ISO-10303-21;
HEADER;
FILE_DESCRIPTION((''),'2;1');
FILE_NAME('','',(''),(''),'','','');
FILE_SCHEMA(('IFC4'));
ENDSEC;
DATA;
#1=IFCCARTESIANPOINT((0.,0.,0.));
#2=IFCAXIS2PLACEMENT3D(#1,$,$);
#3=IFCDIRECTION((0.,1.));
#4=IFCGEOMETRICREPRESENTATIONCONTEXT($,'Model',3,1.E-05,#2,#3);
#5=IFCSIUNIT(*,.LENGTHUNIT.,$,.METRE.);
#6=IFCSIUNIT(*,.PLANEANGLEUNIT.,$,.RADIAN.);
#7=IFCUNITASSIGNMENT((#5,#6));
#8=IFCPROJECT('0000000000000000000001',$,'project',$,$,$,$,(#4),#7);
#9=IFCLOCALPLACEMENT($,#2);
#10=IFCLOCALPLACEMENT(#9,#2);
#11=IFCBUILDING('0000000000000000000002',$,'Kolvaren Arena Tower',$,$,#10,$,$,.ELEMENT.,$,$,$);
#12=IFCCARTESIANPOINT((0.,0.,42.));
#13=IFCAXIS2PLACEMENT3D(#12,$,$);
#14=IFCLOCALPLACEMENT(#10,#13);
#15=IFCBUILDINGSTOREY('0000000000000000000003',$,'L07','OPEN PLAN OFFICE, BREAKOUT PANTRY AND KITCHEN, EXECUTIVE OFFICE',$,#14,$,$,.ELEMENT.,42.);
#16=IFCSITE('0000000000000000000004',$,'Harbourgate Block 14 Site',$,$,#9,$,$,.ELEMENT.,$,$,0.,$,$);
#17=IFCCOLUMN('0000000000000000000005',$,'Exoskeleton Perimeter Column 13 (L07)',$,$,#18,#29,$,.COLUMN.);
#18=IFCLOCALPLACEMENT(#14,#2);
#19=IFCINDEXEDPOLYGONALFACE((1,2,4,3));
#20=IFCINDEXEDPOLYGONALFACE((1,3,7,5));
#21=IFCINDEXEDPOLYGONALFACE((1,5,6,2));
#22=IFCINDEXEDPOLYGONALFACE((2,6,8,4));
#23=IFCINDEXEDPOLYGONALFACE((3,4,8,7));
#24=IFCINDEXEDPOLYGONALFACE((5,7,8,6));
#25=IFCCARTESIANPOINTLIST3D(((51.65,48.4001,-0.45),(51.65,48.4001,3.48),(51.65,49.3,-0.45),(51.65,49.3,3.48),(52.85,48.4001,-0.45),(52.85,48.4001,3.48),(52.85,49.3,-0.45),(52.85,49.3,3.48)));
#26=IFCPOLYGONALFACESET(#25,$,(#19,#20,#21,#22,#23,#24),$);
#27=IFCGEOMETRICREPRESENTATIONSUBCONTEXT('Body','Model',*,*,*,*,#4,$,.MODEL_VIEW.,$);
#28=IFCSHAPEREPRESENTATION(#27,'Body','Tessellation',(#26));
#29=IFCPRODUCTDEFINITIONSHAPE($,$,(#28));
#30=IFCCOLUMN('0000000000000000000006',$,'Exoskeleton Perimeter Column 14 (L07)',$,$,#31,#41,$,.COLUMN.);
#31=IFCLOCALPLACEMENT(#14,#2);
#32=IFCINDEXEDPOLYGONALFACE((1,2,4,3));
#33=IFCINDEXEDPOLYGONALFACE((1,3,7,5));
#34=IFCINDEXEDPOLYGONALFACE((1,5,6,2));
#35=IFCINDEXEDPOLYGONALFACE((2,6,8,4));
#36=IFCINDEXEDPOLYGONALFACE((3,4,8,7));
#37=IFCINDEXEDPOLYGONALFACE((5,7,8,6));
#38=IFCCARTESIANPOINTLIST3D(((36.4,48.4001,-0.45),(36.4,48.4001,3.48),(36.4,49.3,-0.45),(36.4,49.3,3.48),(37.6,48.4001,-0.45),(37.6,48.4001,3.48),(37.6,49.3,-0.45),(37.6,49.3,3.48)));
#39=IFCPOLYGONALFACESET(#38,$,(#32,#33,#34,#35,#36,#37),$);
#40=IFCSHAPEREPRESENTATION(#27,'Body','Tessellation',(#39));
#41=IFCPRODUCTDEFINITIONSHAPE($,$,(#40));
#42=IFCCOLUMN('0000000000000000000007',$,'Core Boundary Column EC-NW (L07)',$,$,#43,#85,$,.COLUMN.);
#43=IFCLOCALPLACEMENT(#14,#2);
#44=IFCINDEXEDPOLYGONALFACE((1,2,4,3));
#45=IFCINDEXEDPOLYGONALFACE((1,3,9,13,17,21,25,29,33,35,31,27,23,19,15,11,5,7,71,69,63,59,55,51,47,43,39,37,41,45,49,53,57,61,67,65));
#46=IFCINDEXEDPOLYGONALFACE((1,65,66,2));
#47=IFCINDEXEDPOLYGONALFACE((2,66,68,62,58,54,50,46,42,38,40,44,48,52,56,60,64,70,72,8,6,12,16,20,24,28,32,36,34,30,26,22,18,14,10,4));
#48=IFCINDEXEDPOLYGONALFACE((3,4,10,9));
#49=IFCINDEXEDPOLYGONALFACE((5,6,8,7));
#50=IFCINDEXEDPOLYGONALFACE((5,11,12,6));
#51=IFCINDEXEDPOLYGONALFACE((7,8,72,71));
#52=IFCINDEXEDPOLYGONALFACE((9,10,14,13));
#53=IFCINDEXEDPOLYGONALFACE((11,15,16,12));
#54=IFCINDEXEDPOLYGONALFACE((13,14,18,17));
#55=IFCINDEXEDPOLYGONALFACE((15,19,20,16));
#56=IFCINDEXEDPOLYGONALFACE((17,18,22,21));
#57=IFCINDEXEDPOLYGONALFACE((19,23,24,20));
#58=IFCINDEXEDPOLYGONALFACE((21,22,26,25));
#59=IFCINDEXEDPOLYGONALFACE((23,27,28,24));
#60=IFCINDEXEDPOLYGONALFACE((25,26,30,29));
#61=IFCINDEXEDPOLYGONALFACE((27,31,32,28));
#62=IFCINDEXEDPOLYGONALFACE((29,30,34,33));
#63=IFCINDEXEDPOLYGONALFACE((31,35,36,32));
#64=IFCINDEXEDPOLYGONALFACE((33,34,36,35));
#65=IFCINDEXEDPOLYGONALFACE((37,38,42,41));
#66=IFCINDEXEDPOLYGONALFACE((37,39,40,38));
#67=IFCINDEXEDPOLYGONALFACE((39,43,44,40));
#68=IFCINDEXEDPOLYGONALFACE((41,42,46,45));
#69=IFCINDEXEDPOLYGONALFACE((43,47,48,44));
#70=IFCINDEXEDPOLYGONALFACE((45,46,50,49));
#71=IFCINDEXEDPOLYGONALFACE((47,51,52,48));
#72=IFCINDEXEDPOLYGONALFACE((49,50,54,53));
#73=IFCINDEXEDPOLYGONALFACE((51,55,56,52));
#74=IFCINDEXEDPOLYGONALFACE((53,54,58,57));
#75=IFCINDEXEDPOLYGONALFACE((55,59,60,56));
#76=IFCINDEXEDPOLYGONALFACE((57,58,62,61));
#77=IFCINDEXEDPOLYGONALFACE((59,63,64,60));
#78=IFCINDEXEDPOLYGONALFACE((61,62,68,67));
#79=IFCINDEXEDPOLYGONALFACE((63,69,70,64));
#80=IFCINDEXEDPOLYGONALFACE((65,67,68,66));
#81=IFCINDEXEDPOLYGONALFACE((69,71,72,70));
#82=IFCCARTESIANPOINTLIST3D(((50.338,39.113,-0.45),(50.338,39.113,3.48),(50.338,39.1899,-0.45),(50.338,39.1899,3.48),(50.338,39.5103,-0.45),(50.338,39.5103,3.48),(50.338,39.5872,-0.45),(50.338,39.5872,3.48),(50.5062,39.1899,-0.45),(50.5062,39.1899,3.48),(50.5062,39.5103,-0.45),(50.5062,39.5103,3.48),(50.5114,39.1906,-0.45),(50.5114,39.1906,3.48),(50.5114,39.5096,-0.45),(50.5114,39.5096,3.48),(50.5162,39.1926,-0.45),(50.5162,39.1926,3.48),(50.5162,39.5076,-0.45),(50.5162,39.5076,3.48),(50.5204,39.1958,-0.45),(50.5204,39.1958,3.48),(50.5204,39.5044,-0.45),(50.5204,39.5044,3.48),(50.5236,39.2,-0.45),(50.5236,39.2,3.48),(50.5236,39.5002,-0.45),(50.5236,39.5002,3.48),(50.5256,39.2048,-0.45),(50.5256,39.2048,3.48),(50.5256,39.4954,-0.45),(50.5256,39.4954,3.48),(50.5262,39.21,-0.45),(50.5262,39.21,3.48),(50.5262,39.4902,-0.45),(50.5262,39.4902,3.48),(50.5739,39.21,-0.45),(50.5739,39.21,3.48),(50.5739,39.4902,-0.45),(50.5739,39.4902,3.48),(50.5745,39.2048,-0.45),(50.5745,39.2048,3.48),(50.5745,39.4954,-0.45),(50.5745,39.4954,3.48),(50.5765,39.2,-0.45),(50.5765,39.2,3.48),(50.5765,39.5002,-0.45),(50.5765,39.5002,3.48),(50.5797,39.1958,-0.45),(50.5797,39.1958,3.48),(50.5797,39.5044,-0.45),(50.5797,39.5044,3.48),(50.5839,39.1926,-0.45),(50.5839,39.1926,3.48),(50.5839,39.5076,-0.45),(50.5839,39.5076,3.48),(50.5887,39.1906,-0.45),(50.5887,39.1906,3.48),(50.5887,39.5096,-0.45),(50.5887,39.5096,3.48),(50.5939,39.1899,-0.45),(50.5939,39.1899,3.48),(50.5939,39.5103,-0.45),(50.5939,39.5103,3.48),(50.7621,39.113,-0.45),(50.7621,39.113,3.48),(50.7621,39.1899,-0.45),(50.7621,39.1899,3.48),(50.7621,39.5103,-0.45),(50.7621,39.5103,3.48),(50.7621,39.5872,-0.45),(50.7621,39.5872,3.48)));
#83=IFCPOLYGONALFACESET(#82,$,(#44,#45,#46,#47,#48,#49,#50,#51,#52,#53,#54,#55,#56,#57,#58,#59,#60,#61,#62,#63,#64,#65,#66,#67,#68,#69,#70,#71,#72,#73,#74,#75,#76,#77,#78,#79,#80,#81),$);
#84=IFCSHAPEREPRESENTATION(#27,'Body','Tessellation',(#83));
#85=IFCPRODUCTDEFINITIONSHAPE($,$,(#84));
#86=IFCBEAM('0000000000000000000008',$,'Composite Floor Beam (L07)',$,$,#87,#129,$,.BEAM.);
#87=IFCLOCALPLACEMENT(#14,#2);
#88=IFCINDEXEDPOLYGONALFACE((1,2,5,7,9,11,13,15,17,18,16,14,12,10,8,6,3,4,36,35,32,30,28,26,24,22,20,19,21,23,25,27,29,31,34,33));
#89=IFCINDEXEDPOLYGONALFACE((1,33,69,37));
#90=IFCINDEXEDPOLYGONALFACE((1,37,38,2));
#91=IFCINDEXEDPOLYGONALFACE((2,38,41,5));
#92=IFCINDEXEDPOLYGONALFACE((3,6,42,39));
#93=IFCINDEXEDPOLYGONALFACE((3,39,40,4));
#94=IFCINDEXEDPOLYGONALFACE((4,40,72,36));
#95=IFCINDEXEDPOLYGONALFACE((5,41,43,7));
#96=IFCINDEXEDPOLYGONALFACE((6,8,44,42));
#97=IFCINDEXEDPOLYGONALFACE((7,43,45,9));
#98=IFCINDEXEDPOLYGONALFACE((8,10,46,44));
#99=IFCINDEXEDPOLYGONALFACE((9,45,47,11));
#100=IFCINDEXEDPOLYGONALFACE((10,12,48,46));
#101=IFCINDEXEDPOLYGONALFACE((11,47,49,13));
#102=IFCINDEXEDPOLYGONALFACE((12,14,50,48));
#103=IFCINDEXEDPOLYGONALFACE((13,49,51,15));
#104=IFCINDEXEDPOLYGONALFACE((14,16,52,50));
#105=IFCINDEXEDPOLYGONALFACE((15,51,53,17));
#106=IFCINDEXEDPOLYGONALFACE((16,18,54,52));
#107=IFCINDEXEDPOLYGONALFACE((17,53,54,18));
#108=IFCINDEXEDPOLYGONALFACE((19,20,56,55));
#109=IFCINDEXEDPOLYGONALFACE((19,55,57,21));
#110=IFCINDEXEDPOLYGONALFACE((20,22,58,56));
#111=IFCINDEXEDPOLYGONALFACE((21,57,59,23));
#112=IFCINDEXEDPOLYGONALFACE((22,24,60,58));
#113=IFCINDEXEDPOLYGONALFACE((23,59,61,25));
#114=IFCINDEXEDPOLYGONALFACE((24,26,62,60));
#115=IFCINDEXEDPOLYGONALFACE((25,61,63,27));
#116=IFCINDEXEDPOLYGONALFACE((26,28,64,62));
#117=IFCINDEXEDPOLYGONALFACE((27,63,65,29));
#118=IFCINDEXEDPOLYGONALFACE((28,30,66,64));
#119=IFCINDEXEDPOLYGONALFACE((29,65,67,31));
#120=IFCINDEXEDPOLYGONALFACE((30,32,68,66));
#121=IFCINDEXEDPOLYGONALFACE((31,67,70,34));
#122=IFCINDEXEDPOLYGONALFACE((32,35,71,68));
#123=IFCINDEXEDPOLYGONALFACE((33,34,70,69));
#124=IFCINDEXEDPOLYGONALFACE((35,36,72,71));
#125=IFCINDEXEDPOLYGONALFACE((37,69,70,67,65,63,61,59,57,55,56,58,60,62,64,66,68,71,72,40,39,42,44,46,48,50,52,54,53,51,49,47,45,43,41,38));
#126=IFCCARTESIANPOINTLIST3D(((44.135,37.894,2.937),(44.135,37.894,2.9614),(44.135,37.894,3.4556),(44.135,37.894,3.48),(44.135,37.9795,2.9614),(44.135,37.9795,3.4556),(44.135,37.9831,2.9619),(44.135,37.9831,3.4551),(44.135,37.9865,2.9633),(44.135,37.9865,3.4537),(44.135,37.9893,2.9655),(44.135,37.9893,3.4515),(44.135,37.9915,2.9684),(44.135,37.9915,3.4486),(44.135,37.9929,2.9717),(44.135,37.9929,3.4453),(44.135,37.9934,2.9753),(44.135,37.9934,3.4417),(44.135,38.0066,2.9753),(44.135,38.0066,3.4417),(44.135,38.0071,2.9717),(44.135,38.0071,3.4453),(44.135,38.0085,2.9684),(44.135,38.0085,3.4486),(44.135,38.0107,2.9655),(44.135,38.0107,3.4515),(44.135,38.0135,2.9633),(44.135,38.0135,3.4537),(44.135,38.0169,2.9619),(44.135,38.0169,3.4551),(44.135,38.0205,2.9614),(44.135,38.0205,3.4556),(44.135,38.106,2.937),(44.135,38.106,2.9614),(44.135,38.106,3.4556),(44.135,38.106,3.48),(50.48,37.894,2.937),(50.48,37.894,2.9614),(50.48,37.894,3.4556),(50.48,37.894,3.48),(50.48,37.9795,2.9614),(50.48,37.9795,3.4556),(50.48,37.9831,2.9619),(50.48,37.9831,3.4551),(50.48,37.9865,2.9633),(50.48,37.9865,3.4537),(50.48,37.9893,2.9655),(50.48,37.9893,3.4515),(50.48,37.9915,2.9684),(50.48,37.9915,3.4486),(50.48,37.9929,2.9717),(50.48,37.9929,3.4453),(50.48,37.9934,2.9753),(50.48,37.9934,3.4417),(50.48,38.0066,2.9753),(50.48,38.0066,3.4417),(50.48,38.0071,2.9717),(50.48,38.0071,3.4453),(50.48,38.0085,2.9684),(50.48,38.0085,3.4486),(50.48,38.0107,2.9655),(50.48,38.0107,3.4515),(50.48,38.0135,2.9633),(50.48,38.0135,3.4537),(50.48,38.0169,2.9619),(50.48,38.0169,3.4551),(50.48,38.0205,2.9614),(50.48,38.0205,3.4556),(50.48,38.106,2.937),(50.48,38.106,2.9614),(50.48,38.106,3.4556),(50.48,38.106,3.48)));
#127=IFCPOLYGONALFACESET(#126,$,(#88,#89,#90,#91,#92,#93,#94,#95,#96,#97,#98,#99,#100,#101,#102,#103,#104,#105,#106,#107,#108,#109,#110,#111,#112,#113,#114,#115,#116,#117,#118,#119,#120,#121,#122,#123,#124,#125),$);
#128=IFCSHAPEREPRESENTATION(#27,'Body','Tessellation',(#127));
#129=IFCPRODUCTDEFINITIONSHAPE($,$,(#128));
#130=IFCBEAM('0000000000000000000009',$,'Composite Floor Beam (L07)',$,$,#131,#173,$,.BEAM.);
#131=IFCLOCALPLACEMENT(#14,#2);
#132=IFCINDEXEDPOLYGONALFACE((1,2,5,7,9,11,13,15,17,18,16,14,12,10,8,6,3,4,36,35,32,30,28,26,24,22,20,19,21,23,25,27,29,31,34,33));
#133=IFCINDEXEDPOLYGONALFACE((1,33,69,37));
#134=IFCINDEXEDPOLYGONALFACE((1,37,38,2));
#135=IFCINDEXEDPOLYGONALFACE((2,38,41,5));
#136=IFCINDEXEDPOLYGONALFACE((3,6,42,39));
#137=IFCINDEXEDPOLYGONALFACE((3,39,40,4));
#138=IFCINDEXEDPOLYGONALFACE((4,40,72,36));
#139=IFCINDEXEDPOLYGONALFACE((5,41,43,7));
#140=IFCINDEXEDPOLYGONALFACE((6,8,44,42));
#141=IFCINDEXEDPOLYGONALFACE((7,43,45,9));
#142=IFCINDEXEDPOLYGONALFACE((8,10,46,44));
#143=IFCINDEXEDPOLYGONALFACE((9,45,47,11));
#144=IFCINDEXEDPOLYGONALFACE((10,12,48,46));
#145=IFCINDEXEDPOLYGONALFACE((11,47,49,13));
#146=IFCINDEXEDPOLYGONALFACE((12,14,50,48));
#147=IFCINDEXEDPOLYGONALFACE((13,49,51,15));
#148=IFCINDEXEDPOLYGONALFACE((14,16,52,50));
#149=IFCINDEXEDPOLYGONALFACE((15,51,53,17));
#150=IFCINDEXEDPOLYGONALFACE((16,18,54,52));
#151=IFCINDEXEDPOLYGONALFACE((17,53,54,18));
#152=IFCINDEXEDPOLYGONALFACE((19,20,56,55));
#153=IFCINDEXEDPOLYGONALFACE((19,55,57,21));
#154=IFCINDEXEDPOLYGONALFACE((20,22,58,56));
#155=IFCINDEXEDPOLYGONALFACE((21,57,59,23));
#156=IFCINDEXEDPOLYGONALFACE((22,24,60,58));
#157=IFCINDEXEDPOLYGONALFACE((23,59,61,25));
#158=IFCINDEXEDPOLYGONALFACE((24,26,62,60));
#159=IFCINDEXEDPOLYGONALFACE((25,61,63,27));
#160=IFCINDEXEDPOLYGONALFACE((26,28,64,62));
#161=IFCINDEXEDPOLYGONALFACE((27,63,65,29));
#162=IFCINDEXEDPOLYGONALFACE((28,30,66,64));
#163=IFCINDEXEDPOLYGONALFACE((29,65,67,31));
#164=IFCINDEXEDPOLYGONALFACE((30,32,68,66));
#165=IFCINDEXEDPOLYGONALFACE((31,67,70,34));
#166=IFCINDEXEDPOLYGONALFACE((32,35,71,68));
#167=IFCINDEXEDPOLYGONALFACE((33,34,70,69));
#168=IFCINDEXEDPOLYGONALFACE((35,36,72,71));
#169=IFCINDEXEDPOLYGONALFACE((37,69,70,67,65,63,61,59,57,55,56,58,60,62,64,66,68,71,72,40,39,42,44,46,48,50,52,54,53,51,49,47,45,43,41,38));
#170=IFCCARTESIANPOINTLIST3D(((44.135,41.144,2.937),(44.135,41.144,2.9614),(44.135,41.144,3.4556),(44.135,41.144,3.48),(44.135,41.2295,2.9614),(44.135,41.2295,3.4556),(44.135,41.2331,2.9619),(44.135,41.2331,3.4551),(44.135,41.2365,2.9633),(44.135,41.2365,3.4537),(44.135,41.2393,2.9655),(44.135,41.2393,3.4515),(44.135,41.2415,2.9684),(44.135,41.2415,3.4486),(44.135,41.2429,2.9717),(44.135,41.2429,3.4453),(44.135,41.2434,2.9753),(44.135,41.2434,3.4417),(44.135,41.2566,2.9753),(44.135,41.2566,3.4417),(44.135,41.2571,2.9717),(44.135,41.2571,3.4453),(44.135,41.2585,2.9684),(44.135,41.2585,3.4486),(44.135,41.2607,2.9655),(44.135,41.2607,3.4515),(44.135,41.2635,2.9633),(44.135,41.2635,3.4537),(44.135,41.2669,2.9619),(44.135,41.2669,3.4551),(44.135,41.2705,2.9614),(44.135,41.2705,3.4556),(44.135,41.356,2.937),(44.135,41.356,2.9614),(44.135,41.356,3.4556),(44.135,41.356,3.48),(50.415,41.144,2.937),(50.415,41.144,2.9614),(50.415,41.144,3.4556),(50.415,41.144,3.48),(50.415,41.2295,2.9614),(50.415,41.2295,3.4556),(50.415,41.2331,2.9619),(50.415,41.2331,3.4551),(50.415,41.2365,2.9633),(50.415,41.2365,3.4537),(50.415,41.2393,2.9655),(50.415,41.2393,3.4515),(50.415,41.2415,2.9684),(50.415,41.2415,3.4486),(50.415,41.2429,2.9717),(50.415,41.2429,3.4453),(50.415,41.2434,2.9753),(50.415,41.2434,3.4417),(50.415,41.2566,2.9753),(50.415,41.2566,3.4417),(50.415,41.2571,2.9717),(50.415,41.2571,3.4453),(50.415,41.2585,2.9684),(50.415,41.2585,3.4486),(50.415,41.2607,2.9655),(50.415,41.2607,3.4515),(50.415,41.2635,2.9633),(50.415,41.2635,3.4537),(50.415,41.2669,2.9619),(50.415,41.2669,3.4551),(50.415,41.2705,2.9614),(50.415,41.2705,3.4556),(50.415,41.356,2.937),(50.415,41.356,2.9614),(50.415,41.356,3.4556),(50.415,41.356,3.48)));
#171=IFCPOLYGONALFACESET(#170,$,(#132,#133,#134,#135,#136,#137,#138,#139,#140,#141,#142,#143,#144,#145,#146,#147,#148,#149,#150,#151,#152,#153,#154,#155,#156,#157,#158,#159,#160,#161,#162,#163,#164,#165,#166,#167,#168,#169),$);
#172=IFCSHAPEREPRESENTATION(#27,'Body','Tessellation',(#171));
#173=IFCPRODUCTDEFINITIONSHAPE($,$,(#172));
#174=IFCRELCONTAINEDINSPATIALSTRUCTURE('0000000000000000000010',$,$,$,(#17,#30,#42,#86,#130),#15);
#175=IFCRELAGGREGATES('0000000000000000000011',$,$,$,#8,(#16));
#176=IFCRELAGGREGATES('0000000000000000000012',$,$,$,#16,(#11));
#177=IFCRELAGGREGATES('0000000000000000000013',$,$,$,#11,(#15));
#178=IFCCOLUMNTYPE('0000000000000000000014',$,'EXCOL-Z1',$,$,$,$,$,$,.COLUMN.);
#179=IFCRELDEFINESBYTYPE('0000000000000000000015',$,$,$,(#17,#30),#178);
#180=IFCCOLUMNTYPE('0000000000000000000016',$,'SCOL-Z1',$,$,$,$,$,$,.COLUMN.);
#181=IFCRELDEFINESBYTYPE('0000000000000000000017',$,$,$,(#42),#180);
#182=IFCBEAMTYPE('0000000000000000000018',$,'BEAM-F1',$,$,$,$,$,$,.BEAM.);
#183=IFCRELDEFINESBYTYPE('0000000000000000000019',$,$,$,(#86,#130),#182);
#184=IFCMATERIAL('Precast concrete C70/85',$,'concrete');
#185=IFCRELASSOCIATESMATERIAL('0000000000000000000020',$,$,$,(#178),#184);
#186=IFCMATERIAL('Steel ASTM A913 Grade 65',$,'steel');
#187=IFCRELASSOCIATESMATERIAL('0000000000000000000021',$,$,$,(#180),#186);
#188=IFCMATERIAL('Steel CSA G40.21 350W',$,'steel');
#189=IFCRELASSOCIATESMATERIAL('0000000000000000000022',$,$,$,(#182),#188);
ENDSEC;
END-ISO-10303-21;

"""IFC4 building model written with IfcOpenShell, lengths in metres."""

from ifc_helpers import new_model, si_unit, direction, frame, origin, origin_2d, place, context, subcontext, project, spatial, rectangle, i_section, extrude, material, material_profile, profile_set, type_object, element, save


model = new_model("IFC4")

# Units and contexts
model_context = context("Model", 3, precision=1e-05, world=origin(), true_north=direction((0.0, 1.0)))
body_context = subcontext(model_context, "Body", "Model", "MODEL_VIEW")
ifc_project = project(units=[si_unit("LENGTHUNIT", "METRE"), si_unit("PLANEANGLEUNIT", "RADIAN")], contexts=[model_context])

# Site, building, storey
site_placement = place(None, origin())
site = spatial("IfcSite", under=ifc_project, at=site_placement, Name="Harbourgate Block 14 Site", CompositionType="ELEMENT", RefElevation=0.0)
building_placement = place(site_placement, origin())
building = spatial("IfcBuilding", under=site, at=building_placement, Name="Kolvaren Arena Tower", CompositionType="ELEMENT")
storey_placement = place(building_placement, frame((0.0, 0.0, 42.0)))
storey = spatial("IfcBuildingStorey", under=building, at=storey_placement, Name="L07", Description="OPEN PLAN OFFICE, BREAKOUT PANTRY AND KITCHEN, EXECUTIVE OFFICE", CompositionType="ELEMENT", Elevation=42.0)

# Columns
ifc_material_1 = material(Name="Precast concrete C70/85", Category="concrete")
ifc_material_profile_1 = material_profile(ifc_material_1, rectangle(XDim=1.2, YDim=0.8999, at=origin_2d()), Name="RC-1200x900")
ifc_profile_set_1 = profile_set([ifc_material_profile_1], Name="Precast concrete C70/85")
column_type_1 = type_object("IfcColumnType", Name="EXCOL-Z1", PredefinedType="COLUMN", material=ifc_profile_set_1)
for number, where, z_axis, x_axis, name in (
    (1, (52.25, 48.8501, -0.45), (0.0, 0.0, 1.0), (1.0, 0.0, 0.0), "Exoskeleton Perimeter Column 13 (L07)"),
    (2, (37.0, 48.8501, -0.45), (0.0, 0.0, 1.0), (1.0, 0.0, 0.0), "Exoskeleton Perimeter Column 14 (L07)"),
):
    element("IfcColumn", number, at=place(storey_placement, frame(where, z_axis=z_axis, x_axis=x_axis)), inside=storey, type_object=column_type_1, Name=name, PredefinedType="COLUMN", context=body_context, shape_type="SweptSolid", body=[
        extrude(rectangle(XDim=1.2, YDim=0.8999, at=origin_2d()), origin(), (0.0, 0.0, 1.0), 3.9299),
    ])
ifc_material_2 = material(Name="Steel ASTM A913 Grade 65", Category="steel")
ifc_material_profile_2 = material_profile(ifc_material_2, i_section(OverallWidth=0.4241, OverallDepth=0.4741, WebThickness=0.0476, FlangeThickness=0.0769, FilletRadius=0.02, at=origin_2d()), Name="W360x634")
ifc_profile_set_2 = profile_set([ifc_material_profile_2], Name="Steel ASTM A913 Grade 65")
column_type_2 = type_object("IfcColumnType", Name="SCOL-Z1", PredefinedType="COLUMN", material=ifc_profile_set_2)
column_placement = place(storey_placement, frame((50.55, 39.3501, -0.45), z_axis=(0.0, 0.0, 1.0), x_axis=(1.0, 0.0, 0.0)))
element("IfcColumn", 3, at=column_placement, inside=storey, type_object=column_type_2, Name="Core Boundary Column EC-NW (L07)", PredefinedType="COLUMN", context=body_context, shape_type="SweptSolid", body=[
    extrude(i_section(OverallWidth=0.4241, OverallDepth=0.4741, WebThickness=0.0476, FlangeThickness=0.0769, FilletRadius=0.02, at=origin_2d()), origin(), (0.0, 0.0, 1.0), 3.9299),
])

# Beams
ifc_material_3 = material(Name="Steel CSA G40.21 350W", Category="steel")
ifc_material_profile_3 = material_profile(ifc_material_3, i_section(OverallWidth=0.2119, OverallDepth=0.543, WebThickness=0.0132, FlangeThickness=0.0244, FilletRadius=0.0139, at=origin_2d()), Name="W530x150")
ifc_profile_set_3 = profile_set([ifc_material_profile_3], Name="Steel CSA G40.21 350W")
beam_type_1 = type_object("IfcBeamType", Name="BEAM-F1", PredefinedType="BEAM", material=ifc_profile_set_3)
beam_1_placement = place(storey_placement, frame((44.135, 38.0, 3.2085), z_axis=(1.0, 0.0, 0.0), x_axis=(0.0, 1.0, 0.0)))
element("IfcBeam", 4, at=beam_1_placement, inside=storey, type_object=beam_type_1, Name="Composite Floor Beam (L07)", PredefinedType="BEAM", context=body_context, shape_type="SweptSolid", body=[
    extrude(i_section(OverallWidth=0.2119, OverallDepth=0.543, WebThickness=0.0132, FlangeThickness=0.0244, FilletRadius=0.0139, at=origin_2d()), origin(), (0.0, 0.0, 1.0), 6.345),
])
beam_2_placement = place(storey_placement, frame((44.135, 41.25, 3.2085), z_axis=(1.0, 0.0, 0.0), x_axis=(0.0, 1.0, 0.0)))
element("IfcBeam", 5, at=beam_2_placement, inside=storey, type_object=beam_type_1, Name="Composite Floor Beam (L07)", PredefinedType="BEAM", context=body_context, shape_type="SweptSolid", body=[
    extrude(i_section(OverallWidth=0.2119, OverallDepth=0.543, WebThickness=0.0132, FlangeThickness=0.0244, FilletRadius=0.0139, at=origin_2d()), origin(), (0.0, 0.0, 1.0), 6.28),
])

save(model, "model.ifc")
